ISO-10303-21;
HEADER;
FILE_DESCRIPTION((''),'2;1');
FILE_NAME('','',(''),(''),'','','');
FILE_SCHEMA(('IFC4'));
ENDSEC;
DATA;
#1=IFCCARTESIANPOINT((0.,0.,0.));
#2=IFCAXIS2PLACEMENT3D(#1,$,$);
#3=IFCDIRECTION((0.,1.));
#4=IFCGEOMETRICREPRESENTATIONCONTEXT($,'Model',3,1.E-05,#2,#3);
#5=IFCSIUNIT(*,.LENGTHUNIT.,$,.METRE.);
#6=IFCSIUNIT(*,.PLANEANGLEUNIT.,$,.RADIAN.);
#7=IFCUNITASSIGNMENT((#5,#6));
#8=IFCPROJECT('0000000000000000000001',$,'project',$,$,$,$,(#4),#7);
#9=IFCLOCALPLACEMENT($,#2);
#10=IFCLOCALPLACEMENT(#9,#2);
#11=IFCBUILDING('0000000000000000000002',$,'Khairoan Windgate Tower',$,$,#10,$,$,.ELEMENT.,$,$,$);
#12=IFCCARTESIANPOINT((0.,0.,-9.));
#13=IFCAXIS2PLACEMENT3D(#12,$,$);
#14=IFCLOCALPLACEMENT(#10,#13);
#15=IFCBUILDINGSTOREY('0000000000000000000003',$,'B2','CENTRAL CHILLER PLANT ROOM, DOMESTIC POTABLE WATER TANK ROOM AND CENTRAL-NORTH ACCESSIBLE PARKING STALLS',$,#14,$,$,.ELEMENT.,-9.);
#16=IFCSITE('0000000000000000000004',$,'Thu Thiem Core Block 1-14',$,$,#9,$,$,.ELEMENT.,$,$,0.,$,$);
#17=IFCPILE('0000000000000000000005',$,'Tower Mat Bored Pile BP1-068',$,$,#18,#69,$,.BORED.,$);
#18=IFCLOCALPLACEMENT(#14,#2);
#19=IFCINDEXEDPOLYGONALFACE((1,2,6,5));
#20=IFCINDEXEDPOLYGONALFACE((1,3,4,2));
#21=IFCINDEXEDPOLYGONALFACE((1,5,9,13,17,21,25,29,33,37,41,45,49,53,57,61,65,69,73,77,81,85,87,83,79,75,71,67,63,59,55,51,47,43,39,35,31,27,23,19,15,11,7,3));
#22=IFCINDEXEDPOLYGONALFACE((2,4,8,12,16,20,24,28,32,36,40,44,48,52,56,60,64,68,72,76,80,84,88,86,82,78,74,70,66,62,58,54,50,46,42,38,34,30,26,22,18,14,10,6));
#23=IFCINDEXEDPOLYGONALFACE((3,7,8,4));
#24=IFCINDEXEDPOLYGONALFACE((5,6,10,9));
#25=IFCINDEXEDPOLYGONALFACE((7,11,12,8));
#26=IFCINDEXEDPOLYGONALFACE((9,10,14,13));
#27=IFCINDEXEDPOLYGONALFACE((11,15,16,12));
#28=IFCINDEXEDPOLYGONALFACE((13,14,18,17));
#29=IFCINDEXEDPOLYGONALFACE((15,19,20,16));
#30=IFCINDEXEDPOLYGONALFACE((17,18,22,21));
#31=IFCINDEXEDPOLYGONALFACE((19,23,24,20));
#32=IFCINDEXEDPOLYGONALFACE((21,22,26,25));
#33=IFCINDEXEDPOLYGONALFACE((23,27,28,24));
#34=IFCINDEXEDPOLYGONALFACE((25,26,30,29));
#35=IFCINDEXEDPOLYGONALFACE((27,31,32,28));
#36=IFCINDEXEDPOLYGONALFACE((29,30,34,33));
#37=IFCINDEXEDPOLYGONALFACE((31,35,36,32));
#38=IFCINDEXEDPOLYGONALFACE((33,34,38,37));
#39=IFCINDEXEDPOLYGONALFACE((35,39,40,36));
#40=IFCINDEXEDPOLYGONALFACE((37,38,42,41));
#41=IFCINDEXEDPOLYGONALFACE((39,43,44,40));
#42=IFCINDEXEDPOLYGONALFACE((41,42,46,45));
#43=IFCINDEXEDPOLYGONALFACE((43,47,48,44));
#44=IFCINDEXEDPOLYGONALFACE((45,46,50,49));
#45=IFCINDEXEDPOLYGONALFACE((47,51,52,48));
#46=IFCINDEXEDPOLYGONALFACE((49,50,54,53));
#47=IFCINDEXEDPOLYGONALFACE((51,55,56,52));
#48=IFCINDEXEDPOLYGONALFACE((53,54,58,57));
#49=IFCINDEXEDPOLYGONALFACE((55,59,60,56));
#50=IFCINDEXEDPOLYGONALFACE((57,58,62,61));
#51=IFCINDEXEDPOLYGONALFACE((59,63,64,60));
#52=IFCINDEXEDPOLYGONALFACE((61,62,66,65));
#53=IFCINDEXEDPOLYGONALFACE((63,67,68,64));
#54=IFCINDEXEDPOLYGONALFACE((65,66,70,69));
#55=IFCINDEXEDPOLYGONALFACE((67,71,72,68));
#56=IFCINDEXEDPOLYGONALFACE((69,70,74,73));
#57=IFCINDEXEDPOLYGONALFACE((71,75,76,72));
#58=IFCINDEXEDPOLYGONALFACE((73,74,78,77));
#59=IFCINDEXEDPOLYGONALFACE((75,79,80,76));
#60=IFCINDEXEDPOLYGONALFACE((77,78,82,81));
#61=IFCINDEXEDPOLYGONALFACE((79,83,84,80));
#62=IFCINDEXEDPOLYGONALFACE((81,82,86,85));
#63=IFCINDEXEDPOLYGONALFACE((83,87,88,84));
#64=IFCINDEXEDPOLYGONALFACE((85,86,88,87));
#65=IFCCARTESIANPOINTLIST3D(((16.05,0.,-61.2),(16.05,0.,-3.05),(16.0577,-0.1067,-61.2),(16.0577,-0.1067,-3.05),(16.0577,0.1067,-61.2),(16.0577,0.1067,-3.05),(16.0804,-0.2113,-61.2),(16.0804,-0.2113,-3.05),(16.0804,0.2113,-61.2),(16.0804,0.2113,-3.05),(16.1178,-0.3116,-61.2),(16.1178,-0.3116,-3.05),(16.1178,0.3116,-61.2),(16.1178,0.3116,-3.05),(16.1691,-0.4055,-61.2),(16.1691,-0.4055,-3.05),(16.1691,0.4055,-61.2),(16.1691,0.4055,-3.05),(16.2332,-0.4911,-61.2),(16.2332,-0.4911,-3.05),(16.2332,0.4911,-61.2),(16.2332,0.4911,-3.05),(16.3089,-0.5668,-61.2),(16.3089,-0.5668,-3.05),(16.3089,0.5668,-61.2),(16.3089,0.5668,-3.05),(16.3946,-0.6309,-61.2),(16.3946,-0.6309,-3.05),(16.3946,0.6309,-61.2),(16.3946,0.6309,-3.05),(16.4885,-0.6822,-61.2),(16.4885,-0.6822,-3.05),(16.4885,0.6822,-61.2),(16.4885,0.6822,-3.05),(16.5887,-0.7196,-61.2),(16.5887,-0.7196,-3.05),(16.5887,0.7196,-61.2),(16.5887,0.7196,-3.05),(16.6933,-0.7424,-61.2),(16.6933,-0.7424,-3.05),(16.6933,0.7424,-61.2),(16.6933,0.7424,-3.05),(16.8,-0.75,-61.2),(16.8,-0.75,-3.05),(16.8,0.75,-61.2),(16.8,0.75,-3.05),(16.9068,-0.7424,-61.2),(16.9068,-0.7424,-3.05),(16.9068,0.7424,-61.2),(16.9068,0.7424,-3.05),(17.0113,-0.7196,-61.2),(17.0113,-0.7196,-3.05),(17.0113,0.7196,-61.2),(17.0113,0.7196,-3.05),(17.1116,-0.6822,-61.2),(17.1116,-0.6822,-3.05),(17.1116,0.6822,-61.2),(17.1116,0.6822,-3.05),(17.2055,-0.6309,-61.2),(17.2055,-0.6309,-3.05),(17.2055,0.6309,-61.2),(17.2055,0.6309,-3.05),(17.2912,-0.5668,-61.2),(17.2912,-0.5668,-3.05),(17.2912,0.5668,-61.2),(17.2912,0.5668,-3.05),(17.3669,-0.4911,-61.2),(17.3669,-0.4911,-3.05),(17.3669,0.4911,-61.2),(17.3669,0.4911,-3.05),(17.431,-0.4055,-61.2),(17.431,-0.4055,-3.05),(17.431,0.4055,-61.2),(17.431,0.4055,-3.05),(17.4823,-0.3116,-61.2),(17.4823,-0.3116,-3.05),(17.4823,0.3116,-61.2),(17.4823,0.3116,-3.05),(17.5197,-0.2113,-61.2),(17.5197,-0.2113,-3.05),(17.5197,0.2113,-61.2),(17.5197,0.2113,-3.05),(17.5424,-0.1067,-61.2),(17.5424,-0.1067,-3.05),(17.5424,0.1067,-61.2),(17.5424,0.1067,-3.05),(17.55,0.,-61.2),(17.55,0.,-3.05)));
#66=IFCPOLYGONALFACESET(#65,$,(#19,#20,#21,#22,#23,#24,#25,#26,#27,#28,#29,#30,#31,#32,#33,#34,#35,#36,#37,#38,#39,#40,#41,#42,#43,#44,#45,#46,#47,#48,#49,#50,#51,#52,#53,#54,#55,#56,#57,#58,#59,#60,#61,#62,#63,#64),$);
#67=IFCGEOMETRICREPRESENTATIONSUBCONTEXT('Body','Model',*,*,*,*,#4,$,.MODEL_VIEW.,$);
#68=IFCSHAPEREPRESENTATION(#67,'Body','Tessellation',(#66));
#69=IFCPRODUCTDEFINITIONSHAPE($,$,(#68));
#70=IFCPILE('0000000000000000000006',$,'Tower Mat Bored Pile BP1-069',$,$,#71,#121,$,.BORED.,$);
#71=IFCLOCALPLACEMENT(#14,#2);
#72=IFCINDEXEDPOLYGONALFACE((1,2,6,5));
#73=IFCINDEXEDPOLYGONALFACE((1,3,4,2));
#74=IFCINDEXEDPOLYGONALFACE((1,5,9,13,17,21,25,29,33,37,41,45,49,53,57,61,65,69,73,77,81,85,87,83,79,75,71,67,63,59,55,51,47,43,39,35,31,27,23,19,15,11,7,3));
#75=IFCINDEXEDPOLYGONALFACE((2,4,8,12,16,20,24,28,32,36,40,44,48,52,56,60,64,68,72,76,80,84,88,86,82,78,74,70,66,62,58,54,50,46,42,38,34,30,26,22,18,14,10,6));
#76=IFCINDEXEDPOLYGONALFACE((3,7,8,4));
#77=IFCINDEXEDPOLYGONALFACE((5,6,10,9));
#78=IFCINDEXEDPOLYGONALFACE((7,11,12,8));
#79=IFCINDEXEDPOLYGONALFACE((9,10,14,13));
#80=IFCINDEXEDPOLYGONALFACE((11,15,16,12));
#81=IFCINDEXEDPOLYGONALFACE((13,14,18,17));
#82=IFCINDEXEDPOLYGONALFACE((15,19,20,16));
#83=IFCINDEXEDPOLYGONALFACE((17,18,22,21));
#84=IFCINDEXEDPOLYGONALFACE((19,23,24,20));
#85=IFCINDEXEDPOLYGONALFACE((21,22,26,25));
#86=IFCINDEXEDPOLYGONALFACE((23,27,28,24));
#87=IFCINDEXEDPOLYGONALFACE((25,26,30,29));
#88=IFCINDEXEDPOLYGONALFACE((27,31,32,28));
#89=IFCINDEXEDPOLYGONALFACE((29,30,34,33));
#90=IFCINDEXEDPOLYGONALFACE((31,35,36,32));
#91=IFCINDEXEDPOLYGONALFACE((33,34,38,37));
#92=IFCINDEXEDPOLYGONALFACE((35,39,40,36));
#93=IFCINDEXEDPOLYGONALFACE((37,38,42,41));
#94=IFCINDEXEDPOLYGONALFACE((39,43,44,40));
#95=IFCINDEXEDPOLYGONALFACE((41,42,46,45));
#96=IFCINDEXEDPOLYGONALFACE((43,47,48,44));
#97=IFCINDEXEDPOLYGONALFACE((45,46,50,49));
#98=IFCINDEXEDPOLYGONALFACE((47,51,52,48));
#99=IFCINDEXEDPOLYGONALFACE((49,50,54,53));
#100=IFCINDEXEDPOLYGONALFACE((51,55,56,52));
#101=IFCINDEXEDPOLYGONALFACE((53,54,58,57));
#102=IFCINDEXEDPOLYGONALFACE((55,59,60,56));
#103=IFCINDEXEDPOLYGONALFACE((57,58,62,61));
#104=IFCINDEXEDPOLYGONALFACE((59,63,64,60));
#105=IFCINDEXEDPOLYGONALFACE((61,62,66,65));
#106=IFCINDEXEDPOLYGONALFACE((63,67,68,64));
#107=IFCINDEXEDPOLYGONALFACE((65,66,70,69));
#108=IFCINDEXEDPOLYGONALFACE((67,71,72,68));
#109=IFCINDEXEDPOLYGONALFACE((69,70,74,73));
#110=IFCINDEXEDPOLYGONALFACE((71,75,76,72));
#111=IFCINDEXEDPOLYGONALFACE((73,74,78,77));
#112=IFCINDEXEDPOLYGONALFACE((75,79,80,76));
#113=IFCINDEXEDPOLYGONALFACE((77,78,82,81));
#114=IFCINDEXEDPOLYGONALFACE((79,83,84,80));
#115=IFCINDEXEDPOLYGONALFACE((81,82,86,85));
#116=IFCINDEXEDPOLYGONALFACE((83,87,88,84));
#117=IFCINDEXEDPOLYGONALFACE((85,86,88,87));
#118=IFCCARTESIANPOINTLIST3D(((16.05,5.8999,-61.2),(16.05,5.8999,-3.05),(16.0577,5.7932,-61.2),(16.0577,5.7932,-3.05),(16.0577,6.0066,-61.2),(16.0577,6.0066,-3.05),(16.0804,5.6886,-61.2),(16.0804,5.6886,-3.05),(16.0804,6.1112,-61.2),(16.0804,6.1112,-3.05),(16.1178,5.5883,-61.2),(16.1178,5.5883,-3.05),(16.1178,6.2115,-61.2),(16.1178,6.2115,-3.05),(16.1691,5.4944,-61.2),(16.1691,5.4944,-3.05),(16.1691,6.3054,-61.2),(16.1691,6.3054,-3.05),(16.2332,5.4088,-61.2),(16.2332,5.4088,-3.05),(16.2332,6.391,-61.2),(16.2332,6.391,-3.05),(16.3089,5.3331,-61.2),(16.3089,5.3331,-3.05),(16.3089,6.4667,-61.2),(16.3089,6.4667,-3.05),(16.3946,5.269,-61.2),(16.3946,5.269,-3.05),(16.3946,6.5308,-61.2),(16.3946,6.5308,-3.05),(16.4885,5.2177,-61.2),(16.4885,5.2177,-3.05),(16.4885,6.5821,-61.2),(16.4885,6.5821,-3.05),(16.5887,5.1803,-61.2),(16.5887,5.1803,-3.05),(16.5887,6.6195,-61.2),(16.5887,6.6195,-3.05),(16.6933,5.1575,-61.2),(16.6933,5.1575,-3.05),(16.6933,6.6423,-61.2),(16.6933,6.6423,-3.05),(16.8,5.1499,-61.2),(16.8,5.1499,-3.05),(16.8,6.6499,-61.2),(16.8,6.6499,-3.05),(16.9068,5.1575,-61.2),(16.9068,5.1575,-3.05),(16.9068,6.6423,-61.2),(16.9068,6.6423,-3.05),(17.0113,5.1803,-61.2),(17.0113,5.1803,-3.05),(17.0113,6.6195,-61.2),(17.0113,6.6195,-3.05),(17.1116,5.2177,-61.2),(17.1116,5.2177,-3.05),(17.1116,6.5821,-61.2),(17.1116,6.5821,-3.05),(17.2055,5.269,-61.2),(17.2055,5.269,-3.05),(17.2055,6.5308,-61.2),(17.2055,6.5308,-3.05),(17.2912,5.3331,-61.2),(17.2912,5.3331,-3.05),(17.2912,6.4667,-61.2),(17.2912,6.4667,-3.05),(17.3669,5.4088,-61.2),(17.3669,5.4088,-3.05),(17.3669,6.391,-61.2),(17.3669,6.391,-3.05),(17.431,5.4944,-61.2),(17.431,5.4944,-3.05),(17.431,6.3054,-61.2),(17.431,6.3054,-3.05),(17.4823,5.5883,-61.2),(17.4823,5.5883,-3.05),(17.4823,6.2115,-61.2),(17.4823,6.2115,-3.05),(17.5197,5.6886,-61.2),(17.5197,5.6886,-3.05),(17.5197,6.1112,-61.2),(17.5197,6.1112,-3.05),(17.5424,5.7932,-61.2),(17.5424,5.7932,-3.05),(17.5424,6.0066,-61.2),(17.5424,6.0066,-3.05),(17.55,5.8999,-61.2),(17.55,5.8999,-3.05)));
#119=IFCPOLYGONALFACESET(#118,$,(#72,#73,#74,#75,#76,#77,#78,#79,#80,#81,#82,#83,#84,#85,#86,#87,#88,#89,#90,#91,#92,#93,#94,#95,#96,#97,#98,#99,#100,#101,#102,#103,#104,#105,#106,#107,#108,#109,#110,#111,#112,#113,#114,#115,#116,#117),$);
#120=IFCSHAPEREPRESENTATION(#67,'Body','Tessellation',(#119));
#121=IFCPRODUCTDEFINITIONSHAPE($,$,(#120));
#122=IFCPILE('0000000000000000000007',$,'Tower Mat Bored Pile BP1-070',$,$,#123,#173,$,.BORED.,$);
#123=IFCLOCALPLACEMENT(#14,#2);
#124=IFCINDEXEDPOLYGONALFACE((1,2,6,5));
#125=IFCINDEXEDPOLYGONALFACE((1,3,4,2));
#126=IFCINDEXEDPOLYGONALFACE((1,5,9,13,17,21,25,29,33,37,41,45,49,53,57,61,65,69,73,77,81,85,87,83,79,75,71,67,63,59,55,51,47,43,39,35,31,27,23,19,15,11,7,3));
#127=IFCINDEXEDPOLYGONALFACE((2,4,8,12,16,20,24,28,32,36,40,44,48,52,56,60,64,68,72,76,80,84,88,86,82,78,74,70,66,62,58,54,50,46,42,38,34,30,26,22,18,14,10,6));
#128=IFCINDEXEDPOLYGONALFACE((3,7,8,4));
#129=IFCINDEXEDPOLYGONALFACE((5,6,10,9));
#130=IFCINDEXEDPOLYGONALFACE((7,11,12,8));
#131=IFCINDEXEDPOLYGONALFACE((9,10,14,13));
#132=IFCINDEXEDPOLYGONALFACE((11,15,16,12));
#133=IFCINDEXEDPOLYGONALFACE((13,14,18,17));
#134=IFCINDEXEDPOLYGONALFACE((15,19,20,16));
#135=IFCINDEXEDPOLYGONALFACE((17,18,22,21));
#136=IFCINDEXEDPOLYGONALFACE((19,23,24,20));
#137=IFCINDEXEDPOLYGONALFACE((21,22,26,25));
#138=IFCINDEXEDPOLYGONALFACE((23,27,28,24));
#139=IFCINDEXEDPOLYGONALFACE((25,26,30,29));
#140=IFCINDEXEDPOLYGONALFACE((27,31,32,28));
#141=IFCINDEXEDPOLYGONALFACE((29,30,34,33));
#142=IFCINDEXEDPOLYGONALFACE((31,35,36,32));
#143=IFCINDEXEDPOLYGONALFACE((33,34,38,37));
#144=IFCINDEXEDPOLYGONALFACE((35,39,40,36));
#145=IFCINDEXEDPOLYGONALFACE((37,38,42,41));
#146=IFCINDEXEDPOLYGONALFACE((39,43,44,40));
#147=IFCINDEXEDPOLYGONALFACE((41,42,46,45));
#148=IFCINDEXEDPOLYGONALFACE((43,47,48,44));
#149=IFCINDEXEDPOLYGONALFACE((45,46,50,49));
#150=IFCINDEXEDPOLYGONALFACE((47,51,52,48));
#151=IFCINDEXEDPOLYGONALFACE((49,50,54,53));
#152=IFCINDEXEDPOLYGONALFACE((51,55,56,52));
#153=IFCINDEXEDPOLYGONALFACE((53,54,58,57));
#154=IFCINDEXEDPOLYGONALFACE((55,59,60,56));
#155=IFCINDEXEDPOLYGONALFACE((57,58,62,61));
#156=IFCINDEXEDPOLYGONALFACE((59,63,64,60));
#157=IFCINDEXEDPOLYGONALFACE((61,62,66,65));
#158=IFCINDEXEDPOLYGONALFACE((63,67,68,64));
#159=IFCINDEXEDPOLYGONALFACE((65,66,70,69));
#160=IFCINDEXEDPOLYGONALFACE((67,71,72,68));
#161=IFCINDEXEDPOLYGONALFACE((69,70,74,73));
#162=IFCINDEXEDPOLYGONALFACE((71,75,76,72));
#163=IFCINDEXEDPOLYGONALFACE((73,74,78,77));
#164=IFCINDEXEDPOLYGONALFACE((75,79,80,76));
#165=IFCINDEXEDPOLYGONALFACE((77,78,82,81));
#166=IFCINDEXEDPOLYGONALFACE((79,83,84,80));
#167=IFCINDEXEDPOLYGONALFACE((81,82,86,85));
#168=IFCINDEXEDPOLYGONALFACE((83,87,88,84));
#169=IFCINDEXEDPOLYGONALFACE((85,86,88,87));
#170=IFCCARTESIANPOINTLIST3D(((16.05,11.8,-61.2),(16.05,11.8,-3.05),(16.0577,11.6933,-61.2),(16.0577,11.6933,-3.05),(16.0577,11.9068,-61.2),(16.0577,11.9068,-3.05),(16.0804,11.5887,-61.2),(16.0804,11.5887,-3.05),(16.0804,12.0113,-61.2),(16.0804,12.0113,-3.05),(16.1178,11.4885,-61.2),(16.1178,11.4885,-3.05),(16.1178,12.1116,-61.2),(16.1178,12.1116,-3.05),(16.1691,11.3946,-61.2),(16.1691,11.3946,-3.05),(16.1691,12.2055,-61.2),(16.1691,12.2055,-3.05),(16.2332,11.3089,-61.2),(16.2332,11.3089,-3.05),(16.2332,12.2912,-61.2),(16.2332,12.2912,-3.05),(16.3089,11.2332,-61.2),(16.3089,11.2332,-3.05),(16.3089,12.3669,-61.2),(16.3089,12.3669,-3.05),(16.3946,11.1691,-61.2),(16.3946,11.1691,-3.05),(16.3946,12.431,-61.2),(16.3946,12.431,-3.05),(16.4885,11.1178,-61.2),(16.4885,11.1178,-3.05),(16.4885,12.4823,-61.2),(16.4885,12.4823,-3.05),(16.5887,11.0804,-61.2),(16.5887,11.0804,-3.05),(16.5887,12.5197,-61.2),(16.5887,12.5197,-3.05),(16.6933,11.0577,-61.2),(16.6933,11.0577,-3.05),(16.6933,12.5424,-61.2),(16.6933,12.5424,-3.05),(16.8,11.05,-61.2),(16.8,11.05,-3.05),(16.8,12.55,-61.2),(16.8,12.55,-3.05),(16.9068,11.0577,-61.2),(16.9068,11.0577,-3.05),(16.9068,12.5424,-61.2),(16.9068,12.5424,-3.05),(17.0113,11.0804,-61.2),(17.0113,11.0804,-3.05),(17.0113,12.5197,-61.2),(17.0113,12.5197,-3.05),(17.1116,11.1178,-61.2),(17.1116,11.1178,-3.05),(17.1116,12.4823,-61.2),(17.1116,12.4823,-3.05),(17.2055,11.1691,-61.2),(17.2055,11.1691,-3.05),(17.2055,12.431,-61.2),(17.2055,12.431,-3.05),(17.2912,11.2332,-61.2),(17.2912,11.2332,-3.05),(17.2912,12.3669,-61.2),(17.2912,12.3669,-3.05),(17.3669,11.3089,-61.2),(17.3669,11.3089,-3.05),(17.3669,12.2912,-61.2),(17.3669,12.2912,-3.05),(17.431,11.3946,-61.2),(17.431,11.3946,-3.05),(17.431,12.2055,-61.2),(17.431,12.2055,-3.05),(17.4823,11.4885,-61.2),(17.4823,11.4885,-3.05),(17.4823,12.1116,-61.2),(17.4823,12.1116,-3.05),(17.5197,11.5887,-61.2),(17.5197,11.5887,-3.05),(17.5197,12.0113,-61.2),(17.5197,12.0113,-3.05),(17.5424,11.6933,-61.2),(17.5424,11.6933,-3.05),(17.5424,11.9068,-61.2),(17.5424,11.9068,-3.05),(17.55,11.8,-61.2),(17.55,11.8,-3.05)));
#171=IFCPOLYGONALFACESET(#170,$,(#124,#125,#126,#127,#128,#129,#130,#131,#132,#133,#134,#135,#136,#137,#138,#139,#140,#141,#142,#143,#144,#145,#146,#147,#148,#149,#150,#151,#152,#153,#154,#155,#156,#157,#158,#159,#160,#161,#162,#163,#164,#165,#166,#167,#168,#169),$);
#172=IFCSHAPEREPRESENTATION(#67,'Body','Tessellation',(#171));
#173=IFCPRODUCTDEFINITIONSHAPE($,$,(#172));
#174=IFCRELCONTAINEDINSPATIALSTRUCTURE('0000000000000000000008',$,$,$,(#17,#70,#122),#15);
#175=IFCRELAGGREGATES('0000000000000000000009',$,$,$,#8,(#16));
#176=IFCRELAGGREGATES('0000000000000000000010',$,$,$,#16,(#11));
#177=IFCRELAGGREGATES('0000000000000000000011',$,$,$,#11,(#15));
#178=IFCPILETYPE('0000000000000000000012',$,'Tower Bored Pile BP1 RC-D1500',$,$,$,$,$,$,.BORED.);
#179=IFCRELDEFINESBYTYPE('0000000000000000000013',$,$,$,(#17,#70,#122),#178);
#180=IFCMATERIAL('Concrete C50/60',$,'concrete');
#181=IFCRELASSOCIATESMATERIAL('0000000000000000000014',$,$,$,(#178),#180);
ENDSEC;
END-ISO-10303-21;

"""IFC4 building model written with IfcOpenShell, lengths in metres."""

from ifc_helpers import new_model, si_unit, direction, frame, origin, origin_2d, place, context, subcontext, project, spatial, circle, extrude, material, material_profile, profile_set, type_object, element, save


model = new_model("IFC4")

# Units and contexts
model_context = context("Model", 3, precision=1e-05, world=origin(), true_north=direction((0.0, 1.0)))
body_context = subcontext(model_context, "Body", "Model", "MODEL_VIEW")
ifc_project = project(units=[si_unit("LENGTHUNIT", "METRE"), si_unit("PLANEANGLEUNIT", "RADIAN")], contexts=[model_context])

# Site, building, storey
site_placement = place(None, origin())
site = spatial("IfcSite", under=ifc_project, at=site_placement, Name="Thu Thiem Core Block 1-14", CompositionType="ELEMENT", RefElevation=0.0)
building_placement = place(site_placement, origin())
building = spatial("IfcBuilding", under=site, at=building_placement, Name="Khairoan Windgate Tower", CompositionType="ELEMENT")
storey_placement = place(building_placement, frame((0.0, 0.0, -9.0)))
storey = spatial("IfcBuildingStorey", under=building, at=storey_placement, Name="B2", Description="CENTRAL CHILLER PLANT ROOM, DOMESTIC POTABLE WATER TANK ROOM AND CENTRAL-NORTH ACCESSIBLE PARKING STALLS", CompositionType="ELEMENT", Elevation=-9.0)

# Piles
ifc_material_1 = material(Name="Concrete C50/60", Category="concrete")
ifc_material_profile_1 = material_profile(ifc_material_1, circle(Radius=0.75, at=origin_2d()))
ifc_profile_set_1 = profile_set([ifc_material_profile_1], Name="Concrete C50/60")
pile_type = type_object("IfcPileType", Name="Tower Bored Pile BP1 RC-D1500", PredefinedType="BORED", material=ifc_profile_set_1)
for number, where, z_axis, x_axis, name in (
    (1, (16.8, 0.0, -3.05), (0.0, 0.0, -1.0), (1.0, 0.0, 0.0), "Tower Mat Bored Pile BP1-068"),
    (2, (16.8, 5.8999, -3.05), (0.0, 0.0, -1.0), (1.0, 0.0, 0.0), "Tower Mat Bored Pile BP1-069"),
    (3, (16.8, 11.8, -3.05), (0.0, 0.0, -1.0), (1.0, 0.0, 0.0), "Tower Mat Bored Pile BP1-070"),
):
    element("IfcPile", number, at=place(storey_placement, frame(where, z_axis=z_axis, x_axis=x_axis)), inside=storey, type_object=pile_type, Name=name, PredefinedType="BORED", context=body_context, shape_type="SweptSolid", body=[
        extrude(circle(Radius=0.75, at=origin_2d()), origin(), (0.0, 0.0, 1.0), 58.1499),
    ])

save(model, "model.ifc")
